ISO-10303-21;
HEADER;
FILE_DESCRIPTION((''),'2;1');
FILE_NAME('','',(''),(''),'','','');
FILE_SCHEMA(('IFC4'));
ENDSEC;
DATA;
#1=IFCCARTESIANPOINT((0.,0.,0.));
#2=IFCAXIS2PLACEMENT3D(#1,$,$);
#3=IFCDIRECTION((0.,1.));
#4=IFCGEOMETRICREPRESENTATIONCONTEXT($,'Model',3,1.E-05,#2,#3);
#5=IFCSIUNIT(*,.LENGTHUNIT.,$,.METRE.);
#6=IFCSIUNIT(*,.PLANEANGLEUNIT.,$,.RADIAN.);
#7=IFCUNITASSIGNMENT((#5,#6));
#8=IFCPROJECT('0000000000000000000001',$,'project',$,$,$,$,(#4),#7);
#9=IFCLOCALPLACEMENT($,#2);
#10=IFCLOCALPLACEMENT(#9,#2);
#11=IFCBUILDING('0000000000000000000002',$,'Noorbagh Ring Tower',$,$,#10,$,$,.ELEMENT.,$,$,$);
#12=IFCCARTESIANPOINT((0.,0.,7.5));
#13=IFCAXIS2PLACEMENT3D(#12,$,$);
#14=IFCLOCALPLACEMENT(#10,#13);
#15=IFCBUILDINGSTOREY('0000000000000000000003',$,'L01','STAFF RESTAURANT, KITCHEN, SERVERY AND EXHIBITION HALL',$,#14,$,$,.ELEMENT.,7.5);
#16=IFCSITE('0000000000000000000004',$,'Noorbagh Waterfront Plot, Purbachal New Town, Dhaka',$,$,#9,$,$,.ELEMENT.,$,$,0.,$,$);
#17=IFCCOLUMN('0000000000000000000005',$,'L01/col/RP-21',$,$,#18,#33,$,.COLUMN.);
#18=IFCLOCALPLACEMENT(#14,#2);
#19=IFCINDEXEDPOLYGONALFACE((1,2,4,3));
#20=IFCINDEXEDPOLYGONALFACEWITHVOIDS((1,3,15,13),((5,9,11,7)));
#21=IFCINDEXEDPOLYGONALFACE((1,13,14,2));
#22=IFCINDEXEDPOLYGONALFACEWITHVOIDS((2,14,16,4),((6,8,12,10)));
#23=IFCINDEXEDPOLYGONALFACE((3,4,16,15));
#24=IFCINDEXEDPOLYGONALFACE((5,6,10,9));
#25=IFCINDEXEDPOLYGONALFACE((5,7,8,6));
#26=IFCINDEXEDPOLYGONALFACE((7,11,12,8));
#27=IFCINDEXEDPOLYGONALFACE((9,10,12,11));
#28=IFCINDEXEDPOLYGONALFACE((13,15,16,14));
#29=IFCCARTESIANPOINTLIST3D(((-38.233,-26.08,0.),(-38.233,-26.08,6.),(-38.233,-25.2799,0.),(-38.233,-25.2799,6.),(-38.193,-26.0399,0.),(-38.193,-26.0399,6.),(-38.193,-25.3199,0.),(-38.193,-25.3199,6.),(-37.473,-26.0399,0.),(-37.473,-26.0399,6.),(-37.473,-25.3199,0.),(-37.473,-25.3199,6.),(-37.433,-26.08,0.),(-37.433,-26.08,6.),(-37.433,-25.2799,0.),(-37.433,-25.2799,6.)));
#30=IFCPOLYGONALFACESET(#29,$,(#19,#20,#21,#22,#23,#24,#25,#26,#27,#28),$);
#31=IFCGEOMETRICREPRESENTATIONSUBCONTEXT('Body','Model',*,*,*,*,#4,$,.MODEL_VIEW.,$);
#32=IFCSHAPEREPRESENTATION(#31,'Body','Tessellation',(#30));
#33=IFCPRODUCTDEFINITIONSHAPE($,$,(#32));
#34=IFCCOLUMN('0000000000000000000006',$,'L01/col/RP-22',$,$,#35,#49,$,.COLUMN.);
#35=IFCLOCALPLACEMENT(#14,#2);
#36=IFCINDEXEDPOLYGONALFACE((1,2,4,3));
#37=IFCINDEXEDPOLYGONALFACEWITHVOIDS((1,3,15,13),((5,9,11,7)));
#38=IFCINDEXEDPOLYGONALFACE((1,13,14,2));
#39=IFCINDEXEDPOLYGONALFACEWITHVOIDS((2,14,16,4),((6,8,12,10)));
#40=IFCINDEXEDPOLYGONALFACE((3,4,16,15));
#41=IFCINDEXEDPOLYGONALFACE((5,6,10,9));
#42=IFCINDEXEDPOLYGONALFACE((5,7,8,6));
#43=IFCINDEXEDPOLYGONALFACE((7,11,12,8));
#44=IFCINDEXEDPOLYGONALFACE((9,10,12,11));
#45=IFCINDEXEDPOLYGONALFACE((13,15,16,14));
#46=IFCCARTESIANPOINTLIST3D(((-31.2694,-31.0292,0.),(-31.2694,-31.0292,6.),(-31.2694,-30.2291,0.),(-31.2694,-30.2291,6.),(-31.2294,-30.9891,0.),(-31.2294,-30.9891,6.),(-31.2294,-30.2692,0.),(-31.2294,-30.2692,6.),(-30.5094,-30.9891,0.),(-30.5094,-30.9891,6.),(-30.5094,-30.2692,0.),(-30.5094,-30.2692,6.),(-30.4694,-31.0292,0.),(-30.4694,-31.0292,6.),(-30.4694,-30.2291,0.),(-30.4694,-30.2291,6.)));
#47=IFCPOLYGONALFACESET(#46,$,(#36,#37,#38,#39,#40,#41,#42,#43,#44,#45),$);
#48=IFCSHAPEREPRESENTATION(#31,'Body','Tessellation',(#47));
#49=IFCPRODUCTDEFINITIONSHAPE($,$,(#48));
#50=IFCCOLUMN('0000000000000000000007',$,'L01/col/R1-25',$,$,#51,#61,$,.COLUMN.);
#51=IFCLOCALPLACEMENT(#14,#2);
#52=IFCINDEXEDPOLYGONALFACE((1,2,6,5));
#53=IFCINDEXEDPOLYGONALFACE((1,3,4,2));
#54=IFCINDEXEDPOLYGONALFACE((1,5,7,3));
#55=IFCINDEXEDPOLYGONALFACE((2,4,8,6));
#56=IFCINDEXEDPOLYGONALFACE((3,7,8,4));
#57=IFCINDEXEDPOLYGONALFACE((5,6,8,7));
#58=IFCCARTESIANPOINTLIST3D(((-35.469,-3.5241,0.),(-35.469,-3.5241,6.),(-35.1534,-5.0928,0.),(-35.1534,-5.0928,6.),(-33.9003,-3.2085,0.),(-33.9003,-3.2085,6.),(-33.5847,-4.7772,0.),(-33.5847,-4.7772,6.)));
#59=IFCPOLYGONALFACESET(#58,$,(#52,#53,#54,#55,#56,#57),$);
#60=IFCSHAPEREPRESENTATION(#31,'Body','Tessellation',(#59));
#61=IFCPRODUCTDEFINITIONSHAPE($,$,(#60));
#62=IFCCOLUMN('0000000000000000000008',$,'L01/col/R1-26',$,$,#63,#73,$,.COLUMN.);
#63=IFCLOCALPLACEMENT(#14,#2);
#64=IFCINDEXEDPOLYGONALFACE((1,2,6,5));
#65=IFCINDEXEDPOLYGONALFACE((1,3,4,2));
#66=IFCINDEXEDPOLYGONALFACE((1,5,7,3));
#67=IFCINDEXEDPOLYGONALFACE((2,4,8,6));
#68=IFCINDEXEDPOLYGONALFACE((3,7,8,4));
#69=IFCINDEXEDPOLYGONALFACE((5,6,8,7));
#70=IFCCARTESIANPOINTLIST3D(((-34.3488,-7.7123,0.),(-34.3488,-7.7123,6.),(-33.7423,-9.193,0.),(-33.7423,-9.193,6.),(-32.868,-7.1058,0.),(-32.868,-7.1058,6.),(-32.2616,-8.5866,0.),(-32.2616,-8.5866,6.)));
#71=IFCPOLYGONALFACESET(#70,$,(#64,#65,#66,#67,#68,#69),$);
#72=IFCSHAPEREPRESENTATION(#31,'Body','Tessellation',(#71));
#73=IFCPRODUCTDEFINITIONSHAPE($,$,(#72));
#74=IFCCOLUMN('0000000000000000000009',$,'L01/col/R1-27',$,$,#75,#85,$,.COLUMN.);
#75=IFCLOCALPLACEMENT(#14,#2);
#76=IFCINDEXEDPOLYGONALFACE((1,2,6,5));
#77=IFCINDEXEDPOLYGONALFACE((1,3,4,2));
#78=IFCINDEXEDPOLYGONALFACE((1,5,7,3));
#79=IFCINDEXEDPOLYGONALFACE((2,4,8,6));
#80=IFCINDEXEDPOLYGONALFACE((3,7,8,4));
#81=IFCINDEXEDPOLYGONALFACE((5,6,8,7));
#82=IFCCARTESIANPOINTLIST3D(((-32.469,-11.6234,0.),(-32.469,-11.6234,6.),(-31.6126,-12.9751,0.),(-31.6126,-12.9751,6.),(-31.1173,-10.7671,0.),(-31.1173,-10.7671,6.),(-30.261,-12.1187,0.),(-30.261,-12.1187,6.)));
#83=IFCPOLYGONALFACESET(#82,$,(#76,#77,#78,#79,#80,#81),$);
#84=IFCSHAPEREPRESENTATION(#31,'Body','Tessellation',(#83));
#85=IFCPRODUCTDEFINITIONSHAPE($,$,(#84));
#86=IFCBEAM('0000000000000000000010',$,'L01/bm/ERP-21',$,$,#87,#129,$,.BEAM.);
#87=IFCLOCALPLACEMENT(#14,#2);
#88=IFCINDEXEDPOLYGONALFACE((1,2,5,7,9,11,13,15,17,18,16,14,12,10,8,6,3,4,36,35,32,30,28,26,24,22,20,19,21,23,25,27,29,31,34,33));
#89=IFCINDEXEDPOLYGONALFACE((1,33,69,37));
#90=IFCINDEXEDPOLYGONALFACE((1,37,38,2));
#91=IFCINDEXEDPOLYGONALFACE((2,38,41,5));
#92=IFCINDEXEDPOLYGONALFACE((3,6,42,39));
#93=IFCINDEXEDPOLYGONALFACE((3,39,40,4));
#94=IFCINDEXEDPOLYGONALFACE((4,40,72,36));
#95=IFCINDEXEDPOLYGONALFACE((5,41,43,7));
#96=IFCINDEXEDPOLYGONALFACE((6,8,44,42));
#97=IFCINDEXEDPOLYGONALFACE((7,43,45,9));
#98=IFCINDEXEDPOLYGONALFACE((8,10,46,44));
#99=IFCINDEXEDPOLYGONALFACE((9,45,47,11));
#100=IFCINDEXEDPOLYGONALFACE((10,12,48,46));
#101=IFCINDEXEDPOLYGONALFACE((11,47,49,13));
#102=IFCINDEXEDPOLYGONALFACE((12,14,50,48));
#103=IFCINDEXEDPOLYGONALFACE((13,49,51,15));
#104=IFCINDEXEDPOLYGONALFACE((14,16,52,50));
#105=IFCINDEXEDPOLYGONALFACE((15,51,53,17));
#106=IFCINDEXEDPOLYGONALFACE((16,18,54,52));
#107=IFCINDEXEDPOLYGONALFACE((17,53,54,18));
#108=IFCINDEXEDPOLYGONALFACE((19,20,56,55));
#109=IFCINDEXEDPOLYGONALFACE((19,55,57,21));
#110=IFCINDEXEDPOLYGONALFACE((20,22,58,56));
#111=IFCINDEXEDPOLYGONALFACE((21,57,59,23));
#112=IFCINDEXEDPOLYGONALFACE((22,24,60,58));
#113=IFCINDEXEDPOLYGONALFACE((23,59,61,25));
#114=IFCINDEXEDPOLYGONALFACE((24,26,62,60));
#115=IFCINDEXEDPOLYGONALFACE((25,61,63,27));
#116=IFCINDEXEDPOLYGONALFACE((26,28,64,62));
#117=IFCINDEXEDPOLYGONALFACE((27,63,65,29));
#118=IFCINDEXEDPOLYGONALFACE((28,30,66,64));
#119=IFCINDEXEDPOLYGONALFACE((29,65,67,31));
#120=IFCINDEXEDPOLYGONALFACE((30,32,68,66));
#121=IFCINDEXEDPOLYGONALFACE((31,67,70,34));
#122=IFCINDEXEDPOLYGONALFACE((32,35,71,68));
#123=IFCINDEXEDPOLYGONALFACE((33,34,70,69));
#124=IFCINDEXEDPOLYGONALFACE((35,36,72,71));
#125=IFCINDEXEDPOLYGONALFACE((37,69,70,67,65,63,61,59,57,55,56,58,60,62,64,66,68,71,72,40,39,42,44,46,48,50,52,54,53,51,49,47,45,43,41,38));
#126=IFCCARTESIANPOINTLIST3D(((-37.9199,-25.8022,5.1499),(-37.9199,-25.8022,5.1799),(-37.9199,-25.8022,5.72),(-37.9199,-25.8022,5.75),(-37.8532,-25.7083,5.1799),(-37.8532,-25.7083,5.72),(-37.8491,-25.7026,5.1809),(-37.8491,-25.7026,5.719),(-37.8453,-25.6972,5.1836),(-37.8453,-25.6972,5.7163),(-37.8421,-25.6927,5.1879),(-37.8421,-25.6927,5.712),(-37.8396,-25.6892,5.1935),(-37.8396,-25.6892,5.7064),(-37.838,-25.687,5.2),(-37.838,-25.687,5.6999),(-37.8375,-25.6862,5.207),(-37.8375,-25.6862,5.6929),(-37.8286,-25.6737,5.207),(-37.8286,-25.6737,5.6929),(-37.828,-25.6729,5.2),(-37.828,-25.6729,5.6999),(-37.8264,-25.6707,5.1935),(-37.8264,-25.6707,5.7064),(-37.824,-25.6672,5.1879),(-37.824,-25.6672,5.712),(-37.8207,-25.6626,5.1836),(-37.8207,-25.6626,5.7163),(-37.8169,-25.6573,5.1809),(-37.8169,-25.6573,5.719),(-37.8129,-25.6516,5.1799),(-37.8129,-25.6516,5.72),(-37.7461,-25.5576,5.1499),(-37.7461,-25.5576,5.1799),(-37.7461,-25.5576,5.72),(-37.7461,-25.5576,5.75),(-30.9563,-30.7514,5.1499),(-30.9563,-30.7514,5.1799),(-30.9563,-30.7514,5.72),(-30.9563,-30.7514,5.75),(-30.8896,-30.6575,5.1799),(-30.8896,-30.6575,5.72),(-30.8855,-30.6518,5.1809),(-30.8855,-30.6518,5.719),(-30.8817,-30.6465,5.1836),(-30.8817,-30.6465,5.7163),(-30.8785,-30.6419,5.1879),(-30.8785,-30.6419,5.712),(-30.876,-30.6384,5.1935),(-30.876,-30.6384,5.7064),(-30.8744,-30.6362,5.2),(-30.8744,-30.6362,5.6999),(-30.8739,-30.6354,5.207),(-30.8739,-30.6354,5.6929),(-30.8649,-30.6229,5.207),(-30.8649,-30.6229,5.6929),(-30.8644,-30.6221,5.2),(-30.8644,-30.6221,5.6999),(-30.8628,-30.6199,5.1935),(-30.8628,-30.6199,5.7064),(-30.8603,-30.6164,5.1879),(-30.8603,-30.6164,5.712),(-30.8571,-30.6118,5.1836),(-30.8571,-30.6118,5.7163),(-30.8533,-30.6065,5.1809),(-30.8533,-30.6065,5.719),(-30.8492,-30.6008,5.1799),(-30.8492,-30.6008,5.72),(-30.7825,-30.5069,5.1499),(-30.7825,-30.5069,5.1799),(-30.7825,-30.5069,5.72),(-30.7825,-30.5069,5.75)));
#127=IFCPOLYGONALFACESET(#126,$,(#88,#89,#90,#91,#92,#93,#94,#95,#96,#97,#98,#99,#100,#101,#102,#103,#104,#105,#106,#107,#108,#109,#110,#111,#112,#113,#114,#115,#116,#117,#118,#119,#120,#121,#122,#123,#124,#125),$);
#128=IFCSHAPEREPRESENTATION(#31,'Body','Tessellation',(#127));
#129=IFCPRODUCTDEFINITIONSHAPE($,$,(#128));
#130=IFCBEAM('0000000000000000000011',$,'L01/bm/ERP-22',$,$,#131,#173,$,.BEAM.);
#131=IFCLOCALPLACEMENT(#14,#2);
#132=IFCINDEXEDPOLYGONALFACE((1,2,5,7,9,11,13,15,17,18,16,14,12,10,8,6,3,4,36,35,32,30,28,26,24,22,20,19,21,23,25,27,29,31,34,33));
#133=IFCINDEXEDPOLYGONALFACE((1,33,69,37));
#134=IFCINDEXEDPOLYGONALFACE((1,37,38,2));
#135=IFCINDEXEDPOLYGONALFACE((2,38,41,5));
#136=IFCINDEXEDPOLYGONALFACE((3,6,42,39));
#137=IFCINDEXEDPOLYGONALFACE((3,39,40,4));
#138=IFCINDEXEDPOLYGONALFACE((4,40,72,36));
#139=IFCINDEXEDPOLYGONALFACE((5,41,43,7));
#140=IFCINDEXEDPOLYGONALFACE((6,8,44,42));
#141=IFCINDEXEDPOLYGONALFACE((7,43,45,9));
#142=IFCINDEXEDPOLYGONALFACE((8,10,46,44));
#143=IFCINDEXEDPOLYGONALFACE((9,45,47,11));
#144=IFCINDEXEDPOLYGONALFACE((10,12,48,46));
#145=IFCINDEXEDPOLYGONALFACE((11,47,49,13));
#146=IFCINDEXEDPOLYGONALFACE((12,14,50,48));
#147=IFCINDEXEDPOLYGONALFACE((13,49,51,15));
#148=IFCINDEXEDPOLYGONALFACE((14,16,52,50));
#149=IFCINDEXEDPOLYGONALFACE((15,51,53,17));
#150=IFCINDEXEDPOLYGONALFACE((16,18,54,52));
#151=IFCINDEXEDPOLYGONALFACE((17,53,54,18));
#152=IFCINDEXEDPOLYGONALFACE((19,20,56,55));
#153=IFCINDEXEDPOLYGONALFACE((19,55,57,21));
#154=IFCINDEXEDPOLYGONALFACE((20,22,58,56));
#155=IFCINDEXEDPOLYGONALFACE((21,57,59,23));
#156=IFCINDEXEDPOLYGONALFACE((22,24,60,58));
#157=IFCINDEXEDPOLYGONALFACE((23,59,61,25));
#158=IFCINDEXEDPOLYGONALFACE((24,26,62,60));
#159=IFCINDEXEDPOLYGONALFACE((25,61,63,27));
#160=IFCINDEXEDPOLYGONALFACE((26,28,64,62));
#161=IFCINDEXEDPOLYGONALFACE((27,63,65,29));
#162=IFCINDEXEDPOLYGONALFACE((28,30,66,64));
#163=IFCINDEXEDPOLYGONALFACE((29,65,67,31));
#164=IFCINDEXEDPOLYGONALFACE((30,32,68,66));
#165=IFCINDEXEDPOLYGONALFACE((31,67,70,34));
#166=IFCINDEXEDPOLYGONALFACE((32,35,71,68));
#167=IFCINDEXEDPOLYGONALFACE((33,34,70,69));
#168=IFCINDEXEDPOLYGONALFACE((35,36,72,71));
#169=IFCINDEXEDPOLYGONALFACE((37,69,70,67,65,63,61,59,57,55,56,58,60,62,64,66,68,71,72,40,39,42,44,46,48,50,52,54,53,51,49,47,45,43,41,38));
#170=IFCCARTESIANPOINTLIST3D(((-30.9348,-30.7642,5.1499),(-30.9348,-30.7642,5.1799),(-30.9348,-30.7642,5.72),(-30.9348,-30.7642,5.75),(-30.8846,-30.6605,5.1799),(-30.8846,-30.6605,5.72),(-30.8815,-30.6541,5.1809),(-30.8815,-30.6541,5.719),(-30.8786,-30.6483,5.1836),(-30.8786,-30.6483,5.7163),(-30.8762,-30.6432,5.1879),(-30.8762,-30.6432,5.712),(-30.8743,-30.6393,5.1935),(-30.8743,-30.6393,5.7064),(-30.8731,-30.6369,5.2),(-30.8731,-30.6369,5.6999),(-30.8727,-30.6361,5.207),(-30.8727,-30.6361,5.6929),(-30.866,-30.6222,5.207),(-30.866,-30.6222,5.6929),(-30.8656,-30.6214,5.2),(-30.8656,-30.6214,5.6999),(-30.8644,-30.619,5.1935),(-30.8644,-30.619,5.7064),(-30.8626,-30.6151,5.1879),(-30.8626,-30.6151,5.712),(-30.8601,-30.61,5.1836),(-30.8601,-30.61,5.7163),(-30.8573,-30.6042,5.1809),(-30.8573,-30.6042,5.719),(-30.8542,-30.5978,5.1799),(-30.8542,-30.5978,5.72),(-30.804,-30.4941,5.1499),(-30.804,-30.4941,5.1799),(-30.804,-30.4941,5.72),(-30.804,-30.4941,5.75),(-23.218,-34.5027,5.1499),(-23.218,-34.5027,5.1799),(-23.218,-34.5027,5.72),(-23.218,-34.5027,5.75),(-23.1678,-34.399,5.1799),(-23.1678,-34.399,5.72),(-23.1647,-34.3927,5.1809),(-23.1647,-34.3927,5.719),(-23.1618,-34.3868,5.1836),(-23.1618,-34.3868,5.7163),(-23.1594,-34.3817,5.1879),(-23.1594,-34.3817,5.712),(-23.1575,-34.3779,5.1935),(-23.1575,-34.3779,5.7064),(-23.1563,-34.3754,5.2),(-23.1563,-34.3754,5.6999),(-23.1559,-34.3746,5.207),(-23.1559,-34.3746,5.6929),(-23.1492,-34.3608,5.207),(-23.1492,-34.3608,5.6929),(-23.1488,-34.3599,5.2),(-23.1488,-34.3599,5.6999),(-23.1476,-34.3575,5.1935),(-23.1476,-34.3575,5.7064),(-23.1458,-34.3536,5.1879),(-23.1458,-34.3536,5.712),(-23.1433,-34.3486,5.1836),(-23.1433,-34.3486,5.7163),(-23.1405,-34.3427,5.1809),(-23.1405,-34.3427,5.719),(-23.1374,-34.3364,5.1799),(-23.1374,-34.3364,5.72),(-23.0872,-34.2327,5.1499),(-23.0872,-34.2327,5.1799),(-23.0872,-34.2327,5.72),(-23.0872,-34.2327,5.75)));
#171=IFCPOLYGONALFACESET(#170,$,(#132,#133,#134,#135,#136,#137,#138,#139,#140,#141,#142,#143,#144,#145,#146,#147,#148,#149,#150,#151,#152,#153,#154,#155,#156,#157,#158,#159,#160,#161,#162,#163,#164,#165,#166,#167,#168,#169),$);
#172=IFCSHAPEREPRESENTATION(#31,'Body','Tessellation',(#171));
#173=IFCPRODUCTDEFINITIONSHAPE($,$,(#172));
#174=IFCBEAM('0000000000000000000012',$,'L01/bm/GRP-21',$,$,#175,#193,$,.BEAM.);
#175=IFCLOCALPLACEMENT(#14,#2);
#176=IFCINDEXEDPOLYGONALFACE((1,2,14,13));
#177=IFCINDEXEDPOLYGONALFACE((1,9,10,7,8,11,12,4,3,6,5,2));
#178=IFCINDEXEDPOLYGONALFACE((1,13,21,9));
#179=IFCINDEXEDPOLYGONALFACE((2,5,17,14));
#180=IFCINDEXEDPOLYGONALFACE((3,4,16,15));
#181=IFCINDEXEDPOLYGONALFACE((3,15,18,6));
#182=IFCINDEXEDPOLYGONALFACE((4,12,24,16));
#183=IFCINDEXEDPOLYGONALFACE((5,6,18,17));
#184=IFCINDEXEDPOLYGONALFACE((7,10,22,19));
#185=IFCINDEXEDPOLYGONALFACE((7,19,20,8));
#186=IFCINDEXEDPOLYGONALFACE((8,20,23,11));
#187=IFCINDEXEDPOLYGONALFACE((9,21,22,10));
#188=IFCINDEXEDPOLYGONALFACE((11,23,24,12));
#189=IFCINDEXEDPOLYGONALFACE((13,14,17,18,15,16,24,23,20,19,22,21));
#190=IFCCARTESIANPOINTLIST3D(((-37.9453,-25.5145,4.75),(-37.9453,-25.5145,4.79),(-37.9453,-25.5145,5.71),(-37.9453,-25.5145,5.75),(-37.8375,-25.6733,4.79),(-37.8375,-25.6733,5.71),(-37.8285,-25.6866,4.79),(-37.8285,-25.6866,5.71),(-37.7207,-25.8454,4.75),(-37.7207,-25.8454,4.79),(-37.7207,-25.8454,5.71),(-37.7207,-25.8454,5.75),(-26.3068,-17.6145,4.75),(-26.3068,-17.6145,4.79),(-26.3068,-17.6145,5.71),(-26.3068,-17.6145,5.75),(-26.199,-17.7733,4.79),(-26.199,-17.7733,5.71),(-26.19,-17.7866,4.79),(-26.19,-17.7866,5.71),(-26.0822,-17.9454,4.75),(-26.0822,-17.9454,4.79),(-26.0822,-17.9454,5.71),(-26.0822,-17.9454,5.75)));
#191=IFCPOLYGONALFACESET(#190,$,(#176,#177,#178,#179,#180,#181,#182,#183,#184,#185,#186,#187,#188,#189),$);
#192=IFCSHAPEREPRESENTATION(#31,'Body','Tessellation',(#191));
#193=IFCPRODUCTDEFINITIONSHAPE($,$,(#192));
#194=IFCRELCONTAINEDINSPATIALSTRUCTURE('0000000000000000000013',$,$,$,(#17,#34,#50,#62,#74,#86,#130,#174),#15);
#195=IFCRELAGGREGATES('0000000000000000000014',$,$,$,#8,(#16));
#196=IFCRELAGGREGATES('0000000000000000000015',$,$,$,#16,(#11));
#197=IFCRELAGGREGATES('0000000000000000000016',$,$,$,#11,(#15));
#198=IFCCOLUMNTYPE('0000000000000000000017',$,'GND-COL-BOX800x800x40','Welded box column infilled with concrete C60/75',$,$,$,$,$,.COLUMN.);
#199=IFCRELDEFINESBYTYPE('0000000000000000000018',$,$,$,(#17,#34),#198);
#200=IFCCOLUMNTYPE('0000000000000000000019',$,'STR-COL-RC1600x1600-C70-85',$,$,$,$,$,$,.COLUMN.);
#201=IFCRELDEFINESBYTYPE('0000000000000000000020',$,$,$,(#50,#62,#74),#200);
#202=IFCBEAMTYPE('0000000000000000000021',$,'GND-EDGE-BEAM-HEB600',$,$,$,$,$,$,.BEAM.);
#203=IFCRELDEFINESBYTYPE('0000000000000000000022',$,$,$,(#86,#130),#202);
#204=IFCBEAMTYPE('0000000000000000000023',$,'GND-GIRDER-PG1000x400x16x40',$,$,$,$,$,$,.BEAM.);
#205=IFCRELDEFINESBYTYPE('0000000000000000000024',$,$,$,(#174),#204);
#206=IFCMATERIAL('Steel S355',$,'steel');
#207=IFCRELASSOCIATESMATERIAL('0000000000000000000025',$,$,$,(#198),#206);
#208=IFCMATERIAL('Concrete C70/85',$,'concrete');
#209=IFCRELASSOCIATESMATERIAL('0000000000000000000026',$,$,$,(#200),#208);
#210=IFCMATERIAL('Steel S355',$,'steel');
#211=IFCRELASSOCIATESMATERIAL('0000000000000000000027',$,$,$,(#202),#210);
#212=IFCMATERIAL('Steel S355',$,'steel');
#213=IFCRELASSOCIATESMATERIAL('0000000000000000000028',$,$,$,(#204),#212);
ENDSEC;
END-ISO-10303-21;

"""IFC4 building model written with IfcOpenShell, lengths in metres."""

from ifc_helpers import new_model, si_unit, direction, frame, origin, origin_2d, place, context, subcontext, project, spatial, rectangle, hollow_rectangle, i_section, extrude, material, material_profile, profile_set, type_object, element, save


model = new_model("IFC4")

# Units and contexts
model_context = context("Model", 3, precision=1e-05, world=origin(), true_north=direction((0.0, 1.0)))
body_context = subcontext(model_context, "Body", "Model", "MODEL_VIEW")
ifc_project = project(units=[si_unit("LENGTHUNIT", "METRE"), si_unit("PLANEANGLEUNIT", "RADIAN")], contexts=[model_context])

# Site, building, storey
site_placement = place(None, origin())
site = spatial("IfcSite", under=ifc_project, at=site_placement, Name="Noorbagh Waterfront Plot, Purbachal New Town, Dhaka", CompositionType="ELEMENT", RefElevation=0.0)
building_placement = place(site_placement, origin())
building = spatial("IfcBuilding", under=site, at=building_placement, Name="Noorbagh Ring Tower", CompositionType="ELEMENT")
storey_placement = place(building_placement, frame((0.0, 0.0, 7.5)))
storey = spatial("IfcBuildingStorey", under=building, at=storey_placement, Name="L01", Description="STAFF RESTAURANT, KITCHEN, SERVERY AND EXHIBITION HALL", CompositionType="ELEMENT", Elevation=7.5)

# Columns
ifc_material_1 = material(Name="Steel S355", Category="steel")
ifc_material_profile_1 = material_profile(ifc_material_1, hollow_rectangle(XDim=0.8, YDim=0.8, WallThickness=0.04, at=origin_2d()), Name="BOX800x800x40")
ifc_profile_set_1 = profile_set([ifc_material_profile_1], Name="Steel S355")
column_type_1 = type_object("IfcColumnType", Name="GND-COL-BOX800x800x40", Description="Welded box column infilled with concrete C60/75", PredefinedType="COLUMN", material=ifc_profile_set_1)
for number, where, z_axis, x_axis, name in (
    (1, (-37.833, -25.6799, 0.0), (0.0, 0.0, 1.0), (1.0, 0.0, 0.0), "L01/col/RP-21"),
    (2, (-30.8694, -30.6292, 0.0), (0.0, 0.0, 1.0), (1.0, 0.0, 0.0), "L01/col/RP-22"),
):
    element("IfcColumn", number, at=place(storey_placement, frame(where, z_axis=z_axis, x_axis=x_axis)), inside=storey, type_object=column_type_1, Name=name, PredefinedType="COLUMN", context=body_context, shape_type="SweptSolid", body=[
        extrude(hollow_rectangle(XDim=0.8, YDim=0.8, WallThickness=0.04, at=origin_2d()), origin(), (0.0, 0.0, 1.0), 6.0),
    ])
ifc_material_2 = material(Name="Concrete C70/85", Category="concrete")
ifc_material_profile_2 = material_profile(ifc_material_2, rectangle(XDim=1.6001, YDim=1.6001, at=origin_2d()), Name="RC1600x1600")
ifc_profile_set_2 = profile_set([ifc_material_profile_2], Name="Concrete C70/85")
column_type_2 = type_object("IfcColumnType", Name="STR-COL-RC1600x1600-C70-85", PredefinedType="COLUMN", material=ifc_profile_set_2)
for number, where, z_axis, x_axis, name in (
    (3, (-34.5269, -4.1506, 0.0), (0.0, 0.0, 1.0), (0.19723, -0.980357, 0.0), "L01/col/R1-25"),
    (4, (-33.3052, -8.1494, 0.0), (0.0, 0.0, 1.0), (0.378989, -0.925401, 0.0), "L01/col/R1-26"),
    (5, (-31.365, -11.8711, 0.0), (0.0, 0.0, 1.0), (0.53519, -0.844731, 0.0), "L01/col/R1-27"),
):
    element("IfcColumn", number, at=place(storey_placement, frame(where, z_axis=z_axis, x_axis=x_axis)), inside=storey, type_object=column_type_2, Name=name, PredefinedType="COLUMN", context=body_context, shape_type="SweptSolid", body=[
        extrude(rectangle(XDim=1.6001, YDim=1.6001, at=origin_2d()), origin(), (0.0, 0.0, 1.0), 6.0),
    ])

# Beams
ifc_material_3 = material(Name="Steel S355", Category="steel")
ifc_material_profile_3 = material_profile(ifc_material_3, i_section(OverallWidth=0.3, OverallDepth=0.6001, WebThickness=0.0154, FlangeThickness=0.03, FilletRadius=0.0271, at=origin_2d()), Name="HEB600")
ifc_profile_set_3 = profile_set([ifc_material_profile_3], Name="Steel S355")
beam_type_1 = type_object("IfcBeamType", Name="GND-EDGE-BEAM-HEB600", PredefinedType="BEAM", material=ifc_profile_set_3)
beam_1_placement = place(storey_placement, frame((-37.833, -25.6799, 5.45), z_axis=(0.815104, -0.579315, 0.0), x_axis=(0.579315, 0.815104, 0.0)))
element("IfcBeam", 6, at=beam_1_placement, inside=storey, type_object=beam_type_1, Name="L01/bm/ERP-21", PredefinedType="BEAM", context=body_context, shape_type="SweptSolid", body=[
    extrude(i_section(OverallWidth=0.3, OverallDepth=0.6001, WebThickness=0.0154, FlangeThickness=0.03, FilletRadius=0.0271, at=origin_2d()), origin(), (0.0, 0.0, 1.0), 8.5432),
])
beam_2_placement = place(storey_placement, frame((-30.8694, -30.6292, 5.45), z_axis=(0.899949, -0.435995, 0.0), x_axis=(0.435995, 0.899949, 0.0)))
element("IfcBeam", 7, at=beam_2_placement, inside=storey, type_object=beam_type_1, Name="L01/bm/ERP-22", PredefinedType="BEAM", context=body_context, shape_type="SweptSolid", body=[
    extrude(i_section(OverallWidth=0.3, OverallDepth=0.6001, WebThickness=0.0154, FlangeThickness=0.03, FilletRadius=0.0271, at=origin_2d()), origin(), (0.0, 0.0, 1.0), 8.5747),
])
ifc_material_4 = material(Name="Steel S355", Category="steel")
ifc_material_profile_4 = material_profile(ifc_material_4, i_section(OverallWidth=0.3999, OverallDepth=1.0, WebThickness=0.0161, FlangeThickness=0.04, at=origin_2d()), Name="PG1000x400x16x40")
ifc_profile_set_4 = profile_set([ifc_material_profile_4], Name="Steel S355")
beam_type_2 = type_object("IfcBeamType", Name="GND-GIRDER-PG1000x400x16x40", PredefinedType="BEAM", material=ifc_profile_set_4)
beam_3_placement = place(storey_placement, frame((-37.833, -25.6799, 5.25), z_axis=(0.827397, 0.561618, 0.0), x_axis=(-0.561618, 0.827397, 0.0)))
element("IfcBeam", 8, at=beam_3_placement, inside=storey, type_object=beam_type_2, Name="L01/bm/GRP-21", PredefinedType="BEAM", context=body_context, shape_type="SweptSolid", body=[
    extrude(i_section(OverallWidth=0.3999, OverallDepth=1.0, WebThickness=0.0161, FlangeThickness=0.04, at=origin_2d()), origin(), (0.0, 0.0, 1.0), 14.0664),
])

save(model, "model.ifc")
